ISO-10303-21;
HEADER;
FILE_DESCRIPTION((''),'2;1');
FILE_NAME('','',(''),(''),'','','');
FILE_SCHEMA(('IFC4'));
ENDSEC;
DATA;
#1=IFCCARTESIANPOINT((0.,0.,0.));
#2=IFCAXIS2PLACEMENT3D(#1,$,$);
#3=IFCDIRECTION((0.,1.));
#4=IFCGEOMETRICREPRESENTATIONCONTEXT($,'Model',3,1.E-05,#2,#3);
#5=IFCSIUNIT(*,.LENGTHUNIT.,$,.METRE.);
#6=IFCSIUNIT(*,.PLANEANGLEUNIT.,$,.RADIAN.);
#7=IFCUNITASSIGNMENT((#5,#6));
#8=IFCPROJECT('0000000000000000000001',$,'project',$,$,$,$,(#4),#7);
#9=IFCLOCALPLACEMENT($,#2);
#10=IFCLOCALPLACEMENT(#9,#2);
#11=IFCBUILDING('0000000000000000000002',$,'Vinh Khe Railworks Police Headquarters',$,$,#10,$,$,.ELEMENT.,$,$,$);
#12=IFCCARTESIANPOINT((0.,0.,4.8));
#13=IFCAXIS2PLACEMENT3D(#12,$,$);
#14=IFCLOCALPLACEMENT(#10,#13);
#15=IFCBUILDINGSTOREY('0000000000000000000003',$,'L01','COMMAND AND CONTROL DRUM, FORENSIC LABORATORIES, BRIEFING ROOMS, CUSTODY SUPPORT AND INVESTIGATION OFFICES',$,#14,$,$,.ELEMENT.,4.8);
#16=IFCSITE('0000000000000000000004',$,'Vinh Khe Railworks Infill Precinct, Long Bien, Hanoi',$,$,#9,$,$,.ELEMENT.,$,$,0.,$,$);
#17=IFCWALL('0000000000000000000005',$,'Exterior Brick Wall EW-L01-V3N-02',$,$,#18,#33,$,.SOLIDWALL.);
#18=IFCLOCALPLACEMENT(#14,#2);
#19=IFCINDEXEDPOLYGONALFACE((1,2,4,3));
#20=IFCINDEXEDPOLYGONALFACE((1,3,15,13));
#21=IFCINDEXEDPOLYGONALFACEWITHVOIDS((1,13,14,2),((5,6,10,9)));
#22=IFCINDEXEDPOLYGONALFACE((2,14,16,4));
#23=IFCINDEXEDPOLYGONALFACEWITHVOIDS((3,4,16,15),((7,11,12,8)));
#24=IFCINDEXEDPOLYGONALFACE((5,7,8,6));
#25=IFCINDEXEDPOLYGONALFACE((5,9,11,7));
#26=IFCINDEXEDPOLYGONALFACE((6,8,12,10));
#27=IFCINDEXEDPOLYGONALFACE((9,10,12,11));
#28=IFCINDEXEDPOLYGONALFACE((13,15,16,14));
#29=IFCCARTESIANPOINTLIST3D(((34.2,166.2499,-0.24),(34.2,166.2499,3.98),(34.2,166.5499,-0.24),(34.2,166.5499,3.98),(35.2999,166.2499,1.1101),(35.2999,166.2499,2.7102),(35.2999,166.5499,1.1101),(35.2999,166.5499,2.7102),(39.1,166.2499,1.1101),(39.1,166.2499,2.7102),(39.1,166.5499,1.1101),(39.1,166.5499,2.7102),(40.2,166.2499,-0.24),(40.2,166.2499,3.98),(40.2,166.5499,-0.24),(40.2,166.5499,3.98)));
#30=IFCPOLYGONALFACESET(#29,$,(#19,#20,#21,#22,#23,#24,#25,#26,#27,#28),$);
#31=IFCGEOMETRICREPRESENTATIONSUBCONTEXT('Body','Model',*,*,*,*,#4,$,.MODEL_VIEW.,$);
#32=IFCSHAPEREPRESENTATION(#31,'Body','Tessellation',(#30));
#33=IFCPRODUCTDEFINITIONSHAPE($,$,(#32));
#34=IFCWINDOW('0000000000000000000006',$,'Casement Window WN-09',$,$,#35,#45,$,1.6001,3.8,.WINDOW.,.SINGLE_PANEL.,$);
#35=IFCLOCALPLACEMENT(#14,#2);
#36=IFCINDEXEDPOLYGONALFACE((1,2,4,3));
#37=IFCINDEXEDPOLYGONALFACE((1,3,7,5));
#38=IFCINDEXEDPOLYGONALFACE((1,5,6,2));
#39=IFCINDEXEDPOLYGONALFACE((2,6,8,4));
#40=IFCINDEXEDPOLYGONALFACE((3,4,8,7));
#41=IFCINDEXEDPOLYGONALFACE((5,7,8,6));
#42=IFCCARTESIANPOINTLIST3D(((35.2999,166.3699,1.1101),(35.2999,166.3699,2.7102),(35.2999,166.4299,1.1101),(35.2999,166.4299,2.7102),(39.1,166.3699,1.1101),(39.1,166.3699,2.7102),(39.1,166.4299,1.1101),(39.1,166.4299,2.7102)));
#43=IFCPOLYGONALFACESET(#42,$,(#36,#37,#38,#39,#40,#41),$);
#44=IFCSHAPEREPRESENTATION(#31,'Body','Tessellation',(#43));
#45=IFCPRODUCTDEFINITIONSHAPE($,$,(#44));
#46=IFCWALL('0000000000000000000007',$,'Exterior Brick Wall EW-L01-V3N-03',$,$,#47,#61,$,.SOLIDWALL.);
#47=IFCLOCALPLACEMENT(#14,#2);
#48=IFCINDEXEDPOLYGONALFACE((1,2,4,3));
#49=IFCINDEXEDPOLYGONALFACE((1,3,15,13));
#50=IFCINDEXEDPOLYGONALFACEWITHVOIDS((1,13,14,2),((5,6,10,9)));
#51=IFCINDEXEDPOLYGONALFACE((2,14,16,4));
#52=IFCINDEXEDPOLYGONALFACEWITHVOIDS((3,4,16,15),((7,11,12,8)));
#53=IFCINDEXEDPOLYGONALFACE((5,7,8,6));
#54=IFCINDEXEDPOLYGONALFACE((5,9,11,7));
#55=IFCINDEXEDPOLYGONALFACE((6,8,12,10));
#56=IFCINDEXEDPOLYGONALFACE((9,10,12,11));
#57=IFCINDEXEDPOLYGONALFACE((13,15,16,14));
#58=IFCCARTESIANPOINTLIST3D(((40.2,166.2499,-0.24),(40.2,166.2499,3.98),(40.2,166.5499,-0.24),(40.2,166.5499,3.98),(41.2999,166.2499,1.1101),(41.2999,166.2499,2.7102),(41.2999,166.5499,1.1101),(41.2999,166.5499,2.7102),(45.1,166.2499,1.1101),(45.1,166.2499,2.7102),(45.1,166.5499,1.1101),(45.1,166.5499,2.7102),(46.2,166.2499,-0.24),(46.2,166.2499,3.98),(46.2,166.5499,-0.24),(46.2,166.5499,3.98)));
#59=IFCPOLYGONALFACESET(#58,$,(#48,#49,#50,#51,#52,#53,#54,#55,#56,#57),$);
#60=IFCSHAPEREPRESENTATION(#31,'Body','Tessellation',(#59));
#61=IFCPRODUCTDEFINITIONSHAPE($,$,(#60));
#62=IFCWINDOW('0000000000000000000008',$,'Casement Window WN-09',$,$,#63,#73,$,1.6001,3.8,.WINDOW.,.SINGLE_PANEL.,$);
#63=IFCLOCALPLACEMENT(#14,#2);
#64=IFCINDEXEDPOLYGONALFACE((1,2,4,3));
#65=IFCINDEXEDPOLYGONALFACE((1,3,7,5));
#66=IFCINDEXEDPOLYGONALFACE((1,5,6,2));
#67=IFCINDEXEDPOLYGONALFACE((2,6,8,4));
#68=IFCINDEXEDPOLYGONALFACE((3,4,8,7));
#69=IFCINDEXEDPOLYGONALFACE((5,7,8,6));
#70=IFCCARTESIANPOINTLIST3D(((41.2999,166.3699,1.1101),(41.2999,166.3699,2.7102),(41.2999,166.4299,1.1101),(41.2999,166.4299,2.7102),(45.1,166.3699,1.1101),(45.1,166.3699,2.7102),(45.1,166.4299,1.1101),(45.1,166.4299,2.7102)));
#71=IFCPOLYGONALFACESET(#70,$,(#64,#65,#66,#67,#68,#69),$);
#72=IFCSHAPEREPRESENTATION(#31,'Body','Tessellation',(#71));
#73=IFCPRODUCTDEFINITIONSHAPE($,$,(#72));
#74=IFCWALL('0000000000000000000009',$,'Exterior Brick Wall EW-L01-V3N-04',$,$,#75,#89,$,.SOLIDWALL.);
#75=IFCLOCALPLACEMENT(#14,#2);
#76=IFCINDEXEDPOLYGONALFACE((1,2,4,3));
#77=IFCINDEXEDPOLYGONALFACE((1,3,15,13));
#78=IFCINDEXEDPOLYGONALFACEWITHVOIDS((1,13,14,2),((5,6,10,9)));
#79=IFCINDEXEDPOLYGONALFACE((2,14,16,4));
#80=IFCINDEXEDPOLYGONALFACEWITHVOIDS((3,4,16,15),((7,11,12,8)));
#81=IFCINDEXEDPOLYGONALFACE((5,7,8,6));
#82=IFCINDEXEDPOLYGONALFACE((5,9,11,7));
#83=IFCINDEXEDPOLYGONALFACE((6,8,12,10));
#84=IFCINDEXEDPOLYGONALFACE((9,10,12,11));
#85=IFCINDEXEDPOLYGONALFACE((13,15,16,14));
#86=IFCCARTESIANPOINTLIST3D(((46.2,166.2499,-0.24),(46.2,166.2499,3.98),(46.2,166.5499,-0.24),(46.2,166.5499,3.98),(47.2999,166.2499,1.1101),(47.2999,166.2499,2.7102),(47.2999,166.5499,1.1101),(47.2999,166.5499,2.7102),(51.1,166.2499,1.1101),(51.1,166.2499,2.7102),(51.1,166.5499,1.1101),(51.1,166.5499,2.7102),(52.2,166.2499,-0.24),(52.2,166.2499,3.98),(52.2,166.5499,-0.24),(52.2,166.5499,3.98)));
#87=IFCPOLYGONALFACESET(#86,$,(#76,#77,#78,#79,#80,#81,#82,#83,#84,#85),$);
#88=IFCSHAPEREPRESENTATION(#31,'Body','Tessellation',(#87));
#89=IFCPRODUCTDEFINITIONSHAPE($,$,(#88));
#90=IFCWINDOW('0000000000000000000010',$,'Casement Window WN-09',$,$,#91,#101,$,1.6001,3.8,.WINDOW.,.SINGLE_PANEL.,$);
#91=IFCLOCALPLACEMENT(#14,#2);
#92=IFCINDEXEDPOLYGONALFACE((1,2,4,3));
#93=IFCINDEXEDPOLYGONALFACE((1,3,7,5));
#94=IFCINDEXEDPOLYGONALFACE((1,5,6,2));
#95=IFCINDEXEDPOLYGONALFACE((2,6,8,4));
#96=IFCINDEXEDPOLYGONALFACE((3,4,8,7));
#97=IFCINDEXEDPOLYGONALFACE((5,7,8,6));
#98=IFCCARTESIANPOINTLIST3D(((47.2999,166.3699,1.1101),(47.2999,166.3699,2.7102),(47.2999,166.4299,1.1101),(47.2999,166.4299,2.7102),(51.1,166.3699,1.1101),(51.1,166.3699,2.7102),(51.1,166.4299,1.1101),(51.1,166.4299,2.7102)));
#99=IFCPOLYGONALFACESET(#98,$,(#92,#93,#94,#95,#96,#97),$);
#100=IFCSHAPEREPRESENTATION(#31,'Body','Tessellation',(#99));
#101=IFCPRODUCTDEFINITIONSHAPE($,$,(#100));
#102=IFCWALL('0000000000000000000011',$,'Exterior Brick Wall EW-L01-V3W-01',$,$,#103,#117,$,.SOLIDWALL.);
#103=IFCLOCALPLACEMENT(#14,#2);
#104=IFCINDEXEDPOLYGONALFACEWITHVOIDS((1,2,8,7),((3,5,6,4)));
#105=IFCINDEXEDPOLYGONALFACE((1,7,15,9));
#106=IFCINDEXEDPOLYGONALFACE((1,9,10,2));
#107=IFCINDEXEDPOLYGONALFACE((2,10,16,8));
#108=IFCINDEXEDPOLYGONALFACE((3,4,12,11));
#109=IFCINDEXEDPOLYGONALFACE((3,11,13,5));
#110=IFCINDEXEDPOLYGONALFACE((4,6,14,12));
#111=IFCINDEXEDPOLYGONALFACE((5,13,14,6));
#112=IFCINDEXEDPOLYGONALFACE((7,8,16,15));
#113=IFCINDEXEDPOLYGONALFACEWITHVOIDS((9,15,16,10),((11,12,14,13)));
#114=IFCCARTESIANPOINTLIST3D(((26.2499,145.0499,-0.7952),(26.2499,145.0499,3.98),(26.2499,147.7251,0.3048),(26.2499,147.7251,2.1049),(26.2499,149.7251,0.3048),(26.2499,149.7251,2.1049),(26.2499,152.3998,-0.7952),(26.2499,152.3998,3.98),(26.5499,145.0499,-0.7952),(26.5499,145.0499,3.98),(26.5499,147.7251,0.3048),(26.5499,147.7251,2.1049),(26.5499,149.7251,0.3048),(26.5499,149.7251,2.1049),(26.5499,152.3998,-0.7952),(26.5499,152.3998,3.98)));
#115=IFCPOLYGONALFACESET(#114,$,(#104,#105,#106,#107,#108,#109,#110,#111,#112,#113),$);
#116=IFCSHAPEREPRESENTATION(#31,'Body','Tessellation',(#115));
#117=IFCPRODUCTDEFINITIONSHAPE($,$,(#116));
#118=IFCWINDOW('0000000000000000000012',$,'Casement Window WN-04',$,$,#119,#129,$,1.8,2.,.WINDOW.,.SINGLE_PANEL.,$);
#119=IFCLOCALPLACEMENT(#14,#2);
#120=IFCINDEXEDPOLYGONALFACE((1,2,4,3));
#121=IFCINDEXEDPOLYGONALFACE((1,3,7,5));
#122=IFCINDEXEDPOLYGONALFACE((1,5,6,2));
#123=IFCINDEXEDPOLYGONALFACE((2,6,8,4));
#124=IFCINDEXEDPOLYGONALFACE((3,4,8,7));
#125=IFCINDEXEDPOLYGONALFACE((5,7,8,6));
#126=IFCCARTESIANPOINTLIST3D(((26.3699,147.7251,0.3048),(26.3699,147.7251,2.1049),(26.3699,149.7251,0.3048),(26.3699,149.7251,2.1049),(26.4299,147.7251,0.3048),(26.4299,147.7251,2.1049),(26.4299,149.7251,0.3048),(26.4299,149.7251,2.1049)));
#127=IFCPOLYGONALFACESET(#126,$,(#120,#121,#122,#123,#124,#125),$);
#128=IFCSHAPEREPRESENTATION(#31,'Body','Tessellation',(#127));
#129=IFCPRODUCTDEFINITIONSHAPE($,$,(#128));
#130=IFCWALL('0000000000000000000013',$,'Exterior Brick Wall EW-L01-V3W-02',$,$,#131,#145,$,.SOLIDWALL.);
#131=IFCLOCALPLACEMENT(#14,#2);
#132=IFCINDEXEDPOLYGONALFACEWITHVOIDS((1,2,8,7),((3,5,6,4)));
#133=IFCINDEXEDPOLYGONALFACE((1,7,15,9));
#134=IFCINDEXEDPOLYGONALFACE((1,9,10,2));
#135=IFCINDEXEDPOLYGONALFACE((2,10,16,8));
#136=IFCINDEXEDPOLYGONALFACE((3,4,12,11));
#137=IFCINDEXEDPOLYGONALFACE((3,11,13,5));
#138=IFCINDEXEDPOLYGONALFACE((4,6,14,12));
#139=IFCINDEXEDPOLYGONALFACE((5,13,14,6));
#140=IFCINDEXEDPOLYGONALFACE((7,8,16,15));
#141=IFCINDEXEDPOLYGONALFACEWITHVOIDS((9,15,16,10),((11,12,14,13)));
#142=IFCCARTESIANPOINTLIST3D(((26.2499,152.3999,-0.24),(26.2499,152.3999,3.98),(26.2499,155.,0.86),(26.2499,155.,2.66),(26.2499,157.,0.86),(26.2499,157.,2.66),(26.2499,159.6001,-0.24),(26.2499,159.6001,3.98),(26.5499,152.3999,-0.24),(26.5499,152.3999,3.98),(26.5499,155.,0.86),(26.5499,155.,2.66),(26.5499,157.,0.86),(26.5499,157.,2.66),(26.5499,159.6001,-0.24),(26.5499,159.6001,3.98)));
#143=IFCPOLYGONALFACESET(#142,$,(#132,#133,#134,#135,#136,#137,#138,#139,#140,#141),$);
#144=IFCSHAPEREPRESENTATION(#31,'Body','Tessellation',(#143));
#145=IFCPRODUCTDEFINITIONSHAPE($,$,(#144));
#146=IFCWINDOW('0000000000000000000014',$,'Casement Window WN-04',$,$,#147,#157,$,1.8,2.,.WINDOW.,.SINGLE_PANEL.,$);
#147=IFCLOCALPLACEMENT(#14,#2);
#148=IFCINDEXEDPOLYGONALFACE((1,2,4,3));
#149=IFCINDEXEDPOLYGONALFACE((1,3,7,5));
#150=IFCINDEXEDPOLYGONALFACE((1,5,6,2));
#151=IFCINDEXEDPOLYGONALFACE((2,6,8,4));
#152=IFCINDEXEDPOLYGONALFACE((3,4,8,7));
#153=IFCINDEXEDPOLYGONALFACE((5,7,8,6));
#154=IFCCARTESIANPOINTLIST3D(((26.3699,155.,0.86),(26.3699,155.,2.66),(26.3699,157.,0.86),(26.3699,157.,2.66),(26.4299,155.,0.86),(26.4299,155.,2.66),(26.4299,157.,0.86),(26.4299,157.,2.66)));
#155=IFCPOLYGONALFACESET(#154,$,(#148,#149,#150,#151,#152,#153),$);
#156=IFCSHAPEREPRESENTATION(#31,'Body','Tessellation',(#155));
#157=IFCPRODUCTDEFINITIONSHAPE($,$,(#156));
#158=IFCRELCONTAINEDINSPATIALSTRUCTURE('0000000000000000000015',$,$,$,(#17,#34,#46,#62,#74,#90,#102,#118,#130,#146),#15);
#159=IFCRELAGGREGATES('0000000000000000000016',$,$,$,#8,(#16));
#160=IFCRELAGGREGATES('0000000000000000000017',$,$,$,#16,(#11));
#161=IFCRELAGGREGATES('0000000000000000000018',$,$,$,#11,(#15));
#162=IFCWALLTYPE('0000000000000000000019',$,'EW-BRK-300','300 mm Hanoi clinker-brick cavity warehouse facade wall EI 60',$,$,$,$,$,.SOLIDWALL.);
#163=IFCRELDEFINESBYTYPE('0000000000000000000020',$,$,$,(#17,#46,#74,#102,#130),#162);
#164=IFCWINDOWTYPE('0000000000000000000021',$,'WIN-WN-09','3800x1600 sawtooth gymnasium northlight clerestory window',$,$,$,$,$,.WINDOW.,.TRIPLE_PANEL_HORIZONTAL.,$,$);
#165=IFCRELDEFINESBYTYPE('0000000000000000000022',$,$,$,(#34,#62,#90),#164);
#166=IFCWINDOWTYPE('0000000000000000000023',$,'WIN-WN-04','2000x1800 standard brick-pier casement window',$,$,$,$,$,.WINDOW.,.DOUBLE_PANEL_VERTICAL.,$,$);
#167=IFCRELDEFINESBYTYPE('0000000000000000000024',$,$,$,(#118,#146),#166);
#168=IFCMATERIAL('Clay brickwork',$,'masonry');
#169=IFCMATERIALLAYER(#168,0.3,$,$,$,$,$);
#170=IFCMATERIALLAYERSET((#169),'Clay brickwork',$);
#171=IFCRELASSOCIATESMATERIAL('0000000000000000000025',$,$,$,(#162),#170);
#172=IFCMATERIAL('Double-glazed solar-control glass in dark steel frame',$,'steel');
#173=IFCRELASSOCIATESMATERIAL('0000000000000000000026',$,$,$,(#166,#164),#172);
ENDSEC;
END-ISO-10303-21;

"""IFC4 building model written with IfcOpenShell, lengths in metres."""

from ifc_helpers import new_model, si_unit, direction, frame, frame_2d, origin, place, context, subcontext, project, spatial, rectangle, extrude, material, layer, layer_set, type_object, element, fill, save


model = new_model("IFC4")

# Units and contexts
model_context = context("Model", 3, precision=1e-05, world=origin(), true_north=direction((0.0, 1.0)))
body_context = subcontext(model_context, "Body", "Model", "MODEL_VIEW")
ifc_project = project(units=[si_unit("LENGTHUNIT", "METRE"), si_unit("PLANEANGLEUNIT", "RADIAN")], contexts=[model_context])

# Site, building, storey
site_placement = place(None, origin())
site = spatial("IfcSite", under=ifc_project, at=site_placement, Name="Vinh Khe Railworks Infill Precinct, Long Bien, Hanoi", CompositionType="ELEMENT", RefElevation=0.0)
building_placement = place(site_placement, origin())
building = spatial("IfcBuilding", under=site, at=building_placement, Name="Vinh Khe Railworks Police Headquarters", CompositionType="ELEMENT")
storey_placement = place(building_placement, frame((0.0, 0.0, 4.8)))
storey = spatial("IfcBuildingStorey", under=building, at=storey_placement, Name="L01", Description="COMMAND AND CONTROL DRUM, FORENSIC LABORATORIES, BRIEFING ROOMS, CUSTODY SUPPORT AND INVESTIGATION OFFICES", CompositionType="ELEMENT", Elevation=4.8)

# Shared definitions
ifc_material_1 = material(Name="Clay brickwork", Category="masonry")
ifc_layer_1 = layer(ifc_material_1, 0.3)
ifc_layer_set_1 = layer_set([ifc_layer_1], Name="Clay brickwork")
wall_type_1 = type_object("IfcWallType", Name="EW-BRK-300", Description="300 mm Hanoi clinker-brick cavity warehouse facade wall EI 60", PredefinedType="SOLIDWALL", material=ifc_layer_set_1)
ifc_material_2 = material(Name="Double-glazed solar-control glass in dark steel frame", Category="steel")
window_type_1 = type_object("IfcWindowType", Name="WIN-WN-04", Description="2000x1800 standard brick-pier casement window", PartitioningType="DOUBLE_PANEL_VERTICAL", PredefinedType="WINDOW", material=ifc_material_2)

# Walls, openings, windows
wall_1_placement = place(storey_placement, frame((34.2, 166.3999, -0.24), z_axis=(0.0, 0.0, 1.0), x_axis=(1.0, 0.0, 0.0)))
wall_1 = element("IfcWall", 1, at=wall_1_placement, inside=storey, type_object=wall_type_1, Name="Exterior Brick Wall EW-L01-V3N-02", PredefinedType="SOLIDWALL", context=body_context, shape_type="SweptSolid", body=[
    extrude(rectangle(XDim=6.0, YDim=0.3, at=frame_2d((3.0, 0.0))), origin(), (0.0, 0.0, 1.0), 4.22),
])
opening_1_placement = place(wall_1_placement, frame((1.1001, 0.0, 1.3501)))
opening_1 = element("IfcOpeningElement", 2, at=opening_1_placement, cuts=wall_1, PredefinedType="OPENING", context=body_context, shape_type="SweptSolid", body=[
    extrude(rectangle(XDim=3.8, YDim=1.6001, at=frame_2d((1.8999, 0.8))), frame((0.0, 0.165, 0.0), z_axis=(0.0, -1.0, 0.0), x_axis=(1.0, 0.0, 0.0)), (0.0, 0.0, 1.0), 0.3298),
])
window_type_2 = type_object("IfcWindowType", Name="WIN-WN-09", Description="3800x1600 sawtooth gymnasium northlight clerestory window", PartitioningType="TRIPLE_PANEL_HORIZONTAL", PredefinedType="WINDOW", material=ifc_material_2)
window_1_placement = place(opening_1_placement, origin())
window_1 = element("IfcWindow", 3, at=window_1_placement, inside=storey, type_object=window_type_2, Name="Casement Window WN-09", OverallHeight=1.6001, OverallWidth=3.8, PartitioningType="SINGLE_PANEL", PredefinedType="WINDOW", context=body_context, shape_type="SweptSolid", body=[
    extrude(rectangle(XDim=3.8, YDim=1.6001, at=frame_2d((1.8999, 0.8))), frame((0.0, 0.03, 0.0), z_axis=(0.0, -1.0, 0.0), x_axis=(1.0, 0.0, 0.0)), (0.0, 0.0, 1.0), 0.0601),
])
fill(opening_1, window_1)
wall_2_placement = place(storey_placement, frame((40.2, 166.3999, -0.24), z_axis=(0.0, 0.0, 1.0), x_axis=(1.0, 0.0, 0.0)))
wall_2 = element("IfcWall", 4, at=wall_2_placement, inside=storey, type_object=wall_type_1, Name="Exterior Brick Wall EW-L01-V3N-03", PredefinedType="SOLIDWALL", context=body_context, shape_type="SweptSolid", body=[
    extrude(rectangle(XDim=6.0, YDim=0.3, at=frame_2d((3.0, 0.0))), origin(), (0.0, 0.0, 1.0), 4.22),
])
opening_2_placement = place(wall_2_placement, frame((1.1001, 0.0, 1.3501)))
opening_2 = element("IfcOpeningElement", 5, at=opening_2_placement, cuts=wall_2, PredefinedType="OPENING", context=body_context, shape_type="SweptSolid", body=[
    extrude(rectangle(XDim=3.8, YDim=1.6001, at=frame_2d((1.8999, 0.8))), frame((0.0, 0.165, 0.0), z_axis=(0.0, -1.0, 0.0), x_axis=(1.0, 0.0, 0.0)), (0.0, 0.0, 1.0), 0.3298),
])
window_2_placement = place(opening_2_placement, origin())
window_2 = element("IfcWindow", 6, at=window_2_placement, inside=storey, type_object=window_type_2, Name="Casement Window WN-09", OverallHeight=1.6001, OverallWidth=3.8, PartitioningType="SINGLE_PANEL", PredefinedType="WINDOW", context=body_context, shape_type="SweptSolid", body=[
    extrude(rectangle(XDim=3.8, YDim=1.6001, at=frame_2d((1.8999, 0.8))), frame((0.0, 0.03, 0.0), z_axis=(0.0, -1.0, 0.0), x_axis=(1.0, 0.0, 0.0)), (0.0, 0.0, 1.0), 0.0601),
])
fill(opening_2, window_2)
wall_3_placement = place(storey_placement, frame((46.2, 166.3999, -0.24), z_axis=(0.0, 0.0, 1.0), x_axis=(1.0, 0.0, 0.0)))
wall_3 = element("IfcWall", 7, at=wall_3_placement, inside=storey, type_object=wall_type_1, Name="Exterior Brick Wall EW-L01-V3N-04", PredefinedType="SOLIDWALL", context=body_context, shape_type="SweptSolid", body=[
    extrude(rectangle(XDim=6.0, YDim=0.3, at=frame_2d((3.0, 0.0))), origin(), (0.0, 0.0, 1.0), 4.22),
])
opening_3_placement = place(wall_3_placement, frame((1.1001, 0.0, 1.3501)))
opening_3 = element("IfcOpeningElement", 8, at=opening_3_placement, cuts=wall_3, PredefinedType="OPENING", context=body_context, shape_type="SweptSolid", body=[
    extrude(rectangle(XDim=3.8, YDim=1.6001, at=frame_2d((1.8999, 0.8))), frame((0.0, 0.165, 0.0), z_axis=(0.0, -1.0, 0.0), x_axis=(1.0, 0.0, 0.0)), (0.0, 0.0, 1.0), 0.3298),
])
window_3_placement = place(opening_3_placement, origin())
window_3 = element("IfcWindow", 9, at=window_3_placement, inside=storey, type_object=window_type_2, Name="Casement Window WN-09", OverallHeight=1.6001, OverallWidth=3.8, PartitioningType="SINGLE_PANEL", PredefinedType="WINDOW", context=body_context, shape_type="SweptSolid", body=[
    extrude(rectangle(XDim=3.8, YDim=1.6001, at=frame_2d((1.8999, 0.8))), frame((0.0, 0.03, 0.0), z_axis=(0.0, -1.0, 0.0), x_axis=(1.0, 0.0, 0.0)), (0.0, 0.0, 1.0), 0.0601),
])
fill(opening_3, window_3)
wall_4_placement = place(storey_placement, frame((26.3999, 145.05, -0.7952), z_axis=(0.0, 0.0, 1.0), x_axis=(0.0, 1.0, 0.0)))
wall_4 = element("IfcWall", 10, at=wall_4_placement, inside=storey, type_object=wall_type_1, Name="Exterior Brick Wall EW-L01-V3W-01", PredefinedType="SOLIDWALL", context=body_context, shape_type="SweptSolid", body=[
    extrude(rectangle(XDim=7.3499, YDim=0.3, at=frame_2d((3.6748, 0.0))), origin(), (0.0, 0.0, 1.0), 4.7751),
])
opening_4_placement = place(wall_4_placement, frame((2.675, 0.0, 1.1001)))
opening_4 = element("IfcOpeningElement", 11, at=opening_4_placement, cuts=wall_4, PredefinedType="OPENING", context=body_context, shape_type="SweptSolid", body=[
    extrude(rectangle(XDim=2.0, YDim=1.8, at=frame_2d((1.0, 0.8999))), frame((0.0, 0.165, 0.0), z_axis=(0.0, -1.0, 0.0), x_axis=(1.0, 0.0, 0.0)), (0.0, 0.0, 1.0), 0.3298),
])
window_4_placement = place(opening_4_placement, origin())
window_4 = element("IfcWindow", 12, at=window_4_placement, inside=storey, type_object=window_type_1, Name="Casement Window WN-04", OverallHeight=1.8, OverallWidth=2.0, PartitioningType="SINGLE_PANEL", PredefinedType="WINDOW", context=body_context, shape_type="SweptSolid", body=[
    extrude(rectangle(XDim=2.0, YDim=1.8, at=frame_2d((1.0, 0.8999))), frame((0.0, 0.03, 0.0), z_axis=(0.0, -1.0, 0.0), x_axis=(1.0, 0.0, 0.0)), (0.0, 0.0, 1.0), 0.0601),
])
fill(opening_4, window_4)
wall_5_placement = place(storey_placement, frame((26.3999, 152.3999, -0.24), z_axis=(0.0, 0.0, 1.0), x_axis=(0.0, 1.0, 0.0)))
wall_5 = element("IfcWall", 13, at=wall_5_placement, inside=storey, type_object=wall_type_1, Name="Exterior Brick Wall EW-L01-V3W-02", PredefinedType="SOLIDWALL", context=body_context, shape_type="SweptSolid", body=[
    extrude(rectangle(XDim=7.2002, YDim=0.3, at=frame_2d((3.6001, 0.0))), origin(), (0.0, 0.0, 1.0), 4.22),
])
opening_5_placement = place(wall_5_placement, frame((2.6001, 0.0, 1.1001)))
opening_5 = element("IfcOpeningElement", 14, at=opening_5_placement, cuts=wall_5, PredefinedType="OPENING", context=body_context, shape_type="SweptSolid", body=[
    extrude(rectangle(XDim=2.0, YDim=1.8, at=frame_2d((1.0, 0.8999))), frame((0.0, 0.165, 0.0), z_axis=(0.0, -1.0, 0.0), x_axis=(1.0, 0.0, 0.0)), (0.0, 0.0, 1.0), 0.3298),
])
window_5_placement = place(opening_5_placement, origin())
window_5 = element("IfcWindow", 15, at=window_5_placement, inside=storey, type_object=window_type_1, Name="Casement Window WN-04", OverallHeight=1.8, OverallWidth=2.0, PartitioningType="SINGLE_PANEL", PredefinedType="WINDOW", context=body_context, shape_type="SweptSolid", body=[
    extrude(rectangle(XDim=2.0, YDim=1.8, at=frame_2d((1.0, 0.8999))), frame((0.0, 0.03, 0.0), z_axis=(0.0, -1.0, 0.0), x_axis=(1.0, 0.0, 0.0)), (0.0, 0.0, 1.0), 0.0601),
])
fill(opening_5, window_5)

save(model, "model.ifc")
